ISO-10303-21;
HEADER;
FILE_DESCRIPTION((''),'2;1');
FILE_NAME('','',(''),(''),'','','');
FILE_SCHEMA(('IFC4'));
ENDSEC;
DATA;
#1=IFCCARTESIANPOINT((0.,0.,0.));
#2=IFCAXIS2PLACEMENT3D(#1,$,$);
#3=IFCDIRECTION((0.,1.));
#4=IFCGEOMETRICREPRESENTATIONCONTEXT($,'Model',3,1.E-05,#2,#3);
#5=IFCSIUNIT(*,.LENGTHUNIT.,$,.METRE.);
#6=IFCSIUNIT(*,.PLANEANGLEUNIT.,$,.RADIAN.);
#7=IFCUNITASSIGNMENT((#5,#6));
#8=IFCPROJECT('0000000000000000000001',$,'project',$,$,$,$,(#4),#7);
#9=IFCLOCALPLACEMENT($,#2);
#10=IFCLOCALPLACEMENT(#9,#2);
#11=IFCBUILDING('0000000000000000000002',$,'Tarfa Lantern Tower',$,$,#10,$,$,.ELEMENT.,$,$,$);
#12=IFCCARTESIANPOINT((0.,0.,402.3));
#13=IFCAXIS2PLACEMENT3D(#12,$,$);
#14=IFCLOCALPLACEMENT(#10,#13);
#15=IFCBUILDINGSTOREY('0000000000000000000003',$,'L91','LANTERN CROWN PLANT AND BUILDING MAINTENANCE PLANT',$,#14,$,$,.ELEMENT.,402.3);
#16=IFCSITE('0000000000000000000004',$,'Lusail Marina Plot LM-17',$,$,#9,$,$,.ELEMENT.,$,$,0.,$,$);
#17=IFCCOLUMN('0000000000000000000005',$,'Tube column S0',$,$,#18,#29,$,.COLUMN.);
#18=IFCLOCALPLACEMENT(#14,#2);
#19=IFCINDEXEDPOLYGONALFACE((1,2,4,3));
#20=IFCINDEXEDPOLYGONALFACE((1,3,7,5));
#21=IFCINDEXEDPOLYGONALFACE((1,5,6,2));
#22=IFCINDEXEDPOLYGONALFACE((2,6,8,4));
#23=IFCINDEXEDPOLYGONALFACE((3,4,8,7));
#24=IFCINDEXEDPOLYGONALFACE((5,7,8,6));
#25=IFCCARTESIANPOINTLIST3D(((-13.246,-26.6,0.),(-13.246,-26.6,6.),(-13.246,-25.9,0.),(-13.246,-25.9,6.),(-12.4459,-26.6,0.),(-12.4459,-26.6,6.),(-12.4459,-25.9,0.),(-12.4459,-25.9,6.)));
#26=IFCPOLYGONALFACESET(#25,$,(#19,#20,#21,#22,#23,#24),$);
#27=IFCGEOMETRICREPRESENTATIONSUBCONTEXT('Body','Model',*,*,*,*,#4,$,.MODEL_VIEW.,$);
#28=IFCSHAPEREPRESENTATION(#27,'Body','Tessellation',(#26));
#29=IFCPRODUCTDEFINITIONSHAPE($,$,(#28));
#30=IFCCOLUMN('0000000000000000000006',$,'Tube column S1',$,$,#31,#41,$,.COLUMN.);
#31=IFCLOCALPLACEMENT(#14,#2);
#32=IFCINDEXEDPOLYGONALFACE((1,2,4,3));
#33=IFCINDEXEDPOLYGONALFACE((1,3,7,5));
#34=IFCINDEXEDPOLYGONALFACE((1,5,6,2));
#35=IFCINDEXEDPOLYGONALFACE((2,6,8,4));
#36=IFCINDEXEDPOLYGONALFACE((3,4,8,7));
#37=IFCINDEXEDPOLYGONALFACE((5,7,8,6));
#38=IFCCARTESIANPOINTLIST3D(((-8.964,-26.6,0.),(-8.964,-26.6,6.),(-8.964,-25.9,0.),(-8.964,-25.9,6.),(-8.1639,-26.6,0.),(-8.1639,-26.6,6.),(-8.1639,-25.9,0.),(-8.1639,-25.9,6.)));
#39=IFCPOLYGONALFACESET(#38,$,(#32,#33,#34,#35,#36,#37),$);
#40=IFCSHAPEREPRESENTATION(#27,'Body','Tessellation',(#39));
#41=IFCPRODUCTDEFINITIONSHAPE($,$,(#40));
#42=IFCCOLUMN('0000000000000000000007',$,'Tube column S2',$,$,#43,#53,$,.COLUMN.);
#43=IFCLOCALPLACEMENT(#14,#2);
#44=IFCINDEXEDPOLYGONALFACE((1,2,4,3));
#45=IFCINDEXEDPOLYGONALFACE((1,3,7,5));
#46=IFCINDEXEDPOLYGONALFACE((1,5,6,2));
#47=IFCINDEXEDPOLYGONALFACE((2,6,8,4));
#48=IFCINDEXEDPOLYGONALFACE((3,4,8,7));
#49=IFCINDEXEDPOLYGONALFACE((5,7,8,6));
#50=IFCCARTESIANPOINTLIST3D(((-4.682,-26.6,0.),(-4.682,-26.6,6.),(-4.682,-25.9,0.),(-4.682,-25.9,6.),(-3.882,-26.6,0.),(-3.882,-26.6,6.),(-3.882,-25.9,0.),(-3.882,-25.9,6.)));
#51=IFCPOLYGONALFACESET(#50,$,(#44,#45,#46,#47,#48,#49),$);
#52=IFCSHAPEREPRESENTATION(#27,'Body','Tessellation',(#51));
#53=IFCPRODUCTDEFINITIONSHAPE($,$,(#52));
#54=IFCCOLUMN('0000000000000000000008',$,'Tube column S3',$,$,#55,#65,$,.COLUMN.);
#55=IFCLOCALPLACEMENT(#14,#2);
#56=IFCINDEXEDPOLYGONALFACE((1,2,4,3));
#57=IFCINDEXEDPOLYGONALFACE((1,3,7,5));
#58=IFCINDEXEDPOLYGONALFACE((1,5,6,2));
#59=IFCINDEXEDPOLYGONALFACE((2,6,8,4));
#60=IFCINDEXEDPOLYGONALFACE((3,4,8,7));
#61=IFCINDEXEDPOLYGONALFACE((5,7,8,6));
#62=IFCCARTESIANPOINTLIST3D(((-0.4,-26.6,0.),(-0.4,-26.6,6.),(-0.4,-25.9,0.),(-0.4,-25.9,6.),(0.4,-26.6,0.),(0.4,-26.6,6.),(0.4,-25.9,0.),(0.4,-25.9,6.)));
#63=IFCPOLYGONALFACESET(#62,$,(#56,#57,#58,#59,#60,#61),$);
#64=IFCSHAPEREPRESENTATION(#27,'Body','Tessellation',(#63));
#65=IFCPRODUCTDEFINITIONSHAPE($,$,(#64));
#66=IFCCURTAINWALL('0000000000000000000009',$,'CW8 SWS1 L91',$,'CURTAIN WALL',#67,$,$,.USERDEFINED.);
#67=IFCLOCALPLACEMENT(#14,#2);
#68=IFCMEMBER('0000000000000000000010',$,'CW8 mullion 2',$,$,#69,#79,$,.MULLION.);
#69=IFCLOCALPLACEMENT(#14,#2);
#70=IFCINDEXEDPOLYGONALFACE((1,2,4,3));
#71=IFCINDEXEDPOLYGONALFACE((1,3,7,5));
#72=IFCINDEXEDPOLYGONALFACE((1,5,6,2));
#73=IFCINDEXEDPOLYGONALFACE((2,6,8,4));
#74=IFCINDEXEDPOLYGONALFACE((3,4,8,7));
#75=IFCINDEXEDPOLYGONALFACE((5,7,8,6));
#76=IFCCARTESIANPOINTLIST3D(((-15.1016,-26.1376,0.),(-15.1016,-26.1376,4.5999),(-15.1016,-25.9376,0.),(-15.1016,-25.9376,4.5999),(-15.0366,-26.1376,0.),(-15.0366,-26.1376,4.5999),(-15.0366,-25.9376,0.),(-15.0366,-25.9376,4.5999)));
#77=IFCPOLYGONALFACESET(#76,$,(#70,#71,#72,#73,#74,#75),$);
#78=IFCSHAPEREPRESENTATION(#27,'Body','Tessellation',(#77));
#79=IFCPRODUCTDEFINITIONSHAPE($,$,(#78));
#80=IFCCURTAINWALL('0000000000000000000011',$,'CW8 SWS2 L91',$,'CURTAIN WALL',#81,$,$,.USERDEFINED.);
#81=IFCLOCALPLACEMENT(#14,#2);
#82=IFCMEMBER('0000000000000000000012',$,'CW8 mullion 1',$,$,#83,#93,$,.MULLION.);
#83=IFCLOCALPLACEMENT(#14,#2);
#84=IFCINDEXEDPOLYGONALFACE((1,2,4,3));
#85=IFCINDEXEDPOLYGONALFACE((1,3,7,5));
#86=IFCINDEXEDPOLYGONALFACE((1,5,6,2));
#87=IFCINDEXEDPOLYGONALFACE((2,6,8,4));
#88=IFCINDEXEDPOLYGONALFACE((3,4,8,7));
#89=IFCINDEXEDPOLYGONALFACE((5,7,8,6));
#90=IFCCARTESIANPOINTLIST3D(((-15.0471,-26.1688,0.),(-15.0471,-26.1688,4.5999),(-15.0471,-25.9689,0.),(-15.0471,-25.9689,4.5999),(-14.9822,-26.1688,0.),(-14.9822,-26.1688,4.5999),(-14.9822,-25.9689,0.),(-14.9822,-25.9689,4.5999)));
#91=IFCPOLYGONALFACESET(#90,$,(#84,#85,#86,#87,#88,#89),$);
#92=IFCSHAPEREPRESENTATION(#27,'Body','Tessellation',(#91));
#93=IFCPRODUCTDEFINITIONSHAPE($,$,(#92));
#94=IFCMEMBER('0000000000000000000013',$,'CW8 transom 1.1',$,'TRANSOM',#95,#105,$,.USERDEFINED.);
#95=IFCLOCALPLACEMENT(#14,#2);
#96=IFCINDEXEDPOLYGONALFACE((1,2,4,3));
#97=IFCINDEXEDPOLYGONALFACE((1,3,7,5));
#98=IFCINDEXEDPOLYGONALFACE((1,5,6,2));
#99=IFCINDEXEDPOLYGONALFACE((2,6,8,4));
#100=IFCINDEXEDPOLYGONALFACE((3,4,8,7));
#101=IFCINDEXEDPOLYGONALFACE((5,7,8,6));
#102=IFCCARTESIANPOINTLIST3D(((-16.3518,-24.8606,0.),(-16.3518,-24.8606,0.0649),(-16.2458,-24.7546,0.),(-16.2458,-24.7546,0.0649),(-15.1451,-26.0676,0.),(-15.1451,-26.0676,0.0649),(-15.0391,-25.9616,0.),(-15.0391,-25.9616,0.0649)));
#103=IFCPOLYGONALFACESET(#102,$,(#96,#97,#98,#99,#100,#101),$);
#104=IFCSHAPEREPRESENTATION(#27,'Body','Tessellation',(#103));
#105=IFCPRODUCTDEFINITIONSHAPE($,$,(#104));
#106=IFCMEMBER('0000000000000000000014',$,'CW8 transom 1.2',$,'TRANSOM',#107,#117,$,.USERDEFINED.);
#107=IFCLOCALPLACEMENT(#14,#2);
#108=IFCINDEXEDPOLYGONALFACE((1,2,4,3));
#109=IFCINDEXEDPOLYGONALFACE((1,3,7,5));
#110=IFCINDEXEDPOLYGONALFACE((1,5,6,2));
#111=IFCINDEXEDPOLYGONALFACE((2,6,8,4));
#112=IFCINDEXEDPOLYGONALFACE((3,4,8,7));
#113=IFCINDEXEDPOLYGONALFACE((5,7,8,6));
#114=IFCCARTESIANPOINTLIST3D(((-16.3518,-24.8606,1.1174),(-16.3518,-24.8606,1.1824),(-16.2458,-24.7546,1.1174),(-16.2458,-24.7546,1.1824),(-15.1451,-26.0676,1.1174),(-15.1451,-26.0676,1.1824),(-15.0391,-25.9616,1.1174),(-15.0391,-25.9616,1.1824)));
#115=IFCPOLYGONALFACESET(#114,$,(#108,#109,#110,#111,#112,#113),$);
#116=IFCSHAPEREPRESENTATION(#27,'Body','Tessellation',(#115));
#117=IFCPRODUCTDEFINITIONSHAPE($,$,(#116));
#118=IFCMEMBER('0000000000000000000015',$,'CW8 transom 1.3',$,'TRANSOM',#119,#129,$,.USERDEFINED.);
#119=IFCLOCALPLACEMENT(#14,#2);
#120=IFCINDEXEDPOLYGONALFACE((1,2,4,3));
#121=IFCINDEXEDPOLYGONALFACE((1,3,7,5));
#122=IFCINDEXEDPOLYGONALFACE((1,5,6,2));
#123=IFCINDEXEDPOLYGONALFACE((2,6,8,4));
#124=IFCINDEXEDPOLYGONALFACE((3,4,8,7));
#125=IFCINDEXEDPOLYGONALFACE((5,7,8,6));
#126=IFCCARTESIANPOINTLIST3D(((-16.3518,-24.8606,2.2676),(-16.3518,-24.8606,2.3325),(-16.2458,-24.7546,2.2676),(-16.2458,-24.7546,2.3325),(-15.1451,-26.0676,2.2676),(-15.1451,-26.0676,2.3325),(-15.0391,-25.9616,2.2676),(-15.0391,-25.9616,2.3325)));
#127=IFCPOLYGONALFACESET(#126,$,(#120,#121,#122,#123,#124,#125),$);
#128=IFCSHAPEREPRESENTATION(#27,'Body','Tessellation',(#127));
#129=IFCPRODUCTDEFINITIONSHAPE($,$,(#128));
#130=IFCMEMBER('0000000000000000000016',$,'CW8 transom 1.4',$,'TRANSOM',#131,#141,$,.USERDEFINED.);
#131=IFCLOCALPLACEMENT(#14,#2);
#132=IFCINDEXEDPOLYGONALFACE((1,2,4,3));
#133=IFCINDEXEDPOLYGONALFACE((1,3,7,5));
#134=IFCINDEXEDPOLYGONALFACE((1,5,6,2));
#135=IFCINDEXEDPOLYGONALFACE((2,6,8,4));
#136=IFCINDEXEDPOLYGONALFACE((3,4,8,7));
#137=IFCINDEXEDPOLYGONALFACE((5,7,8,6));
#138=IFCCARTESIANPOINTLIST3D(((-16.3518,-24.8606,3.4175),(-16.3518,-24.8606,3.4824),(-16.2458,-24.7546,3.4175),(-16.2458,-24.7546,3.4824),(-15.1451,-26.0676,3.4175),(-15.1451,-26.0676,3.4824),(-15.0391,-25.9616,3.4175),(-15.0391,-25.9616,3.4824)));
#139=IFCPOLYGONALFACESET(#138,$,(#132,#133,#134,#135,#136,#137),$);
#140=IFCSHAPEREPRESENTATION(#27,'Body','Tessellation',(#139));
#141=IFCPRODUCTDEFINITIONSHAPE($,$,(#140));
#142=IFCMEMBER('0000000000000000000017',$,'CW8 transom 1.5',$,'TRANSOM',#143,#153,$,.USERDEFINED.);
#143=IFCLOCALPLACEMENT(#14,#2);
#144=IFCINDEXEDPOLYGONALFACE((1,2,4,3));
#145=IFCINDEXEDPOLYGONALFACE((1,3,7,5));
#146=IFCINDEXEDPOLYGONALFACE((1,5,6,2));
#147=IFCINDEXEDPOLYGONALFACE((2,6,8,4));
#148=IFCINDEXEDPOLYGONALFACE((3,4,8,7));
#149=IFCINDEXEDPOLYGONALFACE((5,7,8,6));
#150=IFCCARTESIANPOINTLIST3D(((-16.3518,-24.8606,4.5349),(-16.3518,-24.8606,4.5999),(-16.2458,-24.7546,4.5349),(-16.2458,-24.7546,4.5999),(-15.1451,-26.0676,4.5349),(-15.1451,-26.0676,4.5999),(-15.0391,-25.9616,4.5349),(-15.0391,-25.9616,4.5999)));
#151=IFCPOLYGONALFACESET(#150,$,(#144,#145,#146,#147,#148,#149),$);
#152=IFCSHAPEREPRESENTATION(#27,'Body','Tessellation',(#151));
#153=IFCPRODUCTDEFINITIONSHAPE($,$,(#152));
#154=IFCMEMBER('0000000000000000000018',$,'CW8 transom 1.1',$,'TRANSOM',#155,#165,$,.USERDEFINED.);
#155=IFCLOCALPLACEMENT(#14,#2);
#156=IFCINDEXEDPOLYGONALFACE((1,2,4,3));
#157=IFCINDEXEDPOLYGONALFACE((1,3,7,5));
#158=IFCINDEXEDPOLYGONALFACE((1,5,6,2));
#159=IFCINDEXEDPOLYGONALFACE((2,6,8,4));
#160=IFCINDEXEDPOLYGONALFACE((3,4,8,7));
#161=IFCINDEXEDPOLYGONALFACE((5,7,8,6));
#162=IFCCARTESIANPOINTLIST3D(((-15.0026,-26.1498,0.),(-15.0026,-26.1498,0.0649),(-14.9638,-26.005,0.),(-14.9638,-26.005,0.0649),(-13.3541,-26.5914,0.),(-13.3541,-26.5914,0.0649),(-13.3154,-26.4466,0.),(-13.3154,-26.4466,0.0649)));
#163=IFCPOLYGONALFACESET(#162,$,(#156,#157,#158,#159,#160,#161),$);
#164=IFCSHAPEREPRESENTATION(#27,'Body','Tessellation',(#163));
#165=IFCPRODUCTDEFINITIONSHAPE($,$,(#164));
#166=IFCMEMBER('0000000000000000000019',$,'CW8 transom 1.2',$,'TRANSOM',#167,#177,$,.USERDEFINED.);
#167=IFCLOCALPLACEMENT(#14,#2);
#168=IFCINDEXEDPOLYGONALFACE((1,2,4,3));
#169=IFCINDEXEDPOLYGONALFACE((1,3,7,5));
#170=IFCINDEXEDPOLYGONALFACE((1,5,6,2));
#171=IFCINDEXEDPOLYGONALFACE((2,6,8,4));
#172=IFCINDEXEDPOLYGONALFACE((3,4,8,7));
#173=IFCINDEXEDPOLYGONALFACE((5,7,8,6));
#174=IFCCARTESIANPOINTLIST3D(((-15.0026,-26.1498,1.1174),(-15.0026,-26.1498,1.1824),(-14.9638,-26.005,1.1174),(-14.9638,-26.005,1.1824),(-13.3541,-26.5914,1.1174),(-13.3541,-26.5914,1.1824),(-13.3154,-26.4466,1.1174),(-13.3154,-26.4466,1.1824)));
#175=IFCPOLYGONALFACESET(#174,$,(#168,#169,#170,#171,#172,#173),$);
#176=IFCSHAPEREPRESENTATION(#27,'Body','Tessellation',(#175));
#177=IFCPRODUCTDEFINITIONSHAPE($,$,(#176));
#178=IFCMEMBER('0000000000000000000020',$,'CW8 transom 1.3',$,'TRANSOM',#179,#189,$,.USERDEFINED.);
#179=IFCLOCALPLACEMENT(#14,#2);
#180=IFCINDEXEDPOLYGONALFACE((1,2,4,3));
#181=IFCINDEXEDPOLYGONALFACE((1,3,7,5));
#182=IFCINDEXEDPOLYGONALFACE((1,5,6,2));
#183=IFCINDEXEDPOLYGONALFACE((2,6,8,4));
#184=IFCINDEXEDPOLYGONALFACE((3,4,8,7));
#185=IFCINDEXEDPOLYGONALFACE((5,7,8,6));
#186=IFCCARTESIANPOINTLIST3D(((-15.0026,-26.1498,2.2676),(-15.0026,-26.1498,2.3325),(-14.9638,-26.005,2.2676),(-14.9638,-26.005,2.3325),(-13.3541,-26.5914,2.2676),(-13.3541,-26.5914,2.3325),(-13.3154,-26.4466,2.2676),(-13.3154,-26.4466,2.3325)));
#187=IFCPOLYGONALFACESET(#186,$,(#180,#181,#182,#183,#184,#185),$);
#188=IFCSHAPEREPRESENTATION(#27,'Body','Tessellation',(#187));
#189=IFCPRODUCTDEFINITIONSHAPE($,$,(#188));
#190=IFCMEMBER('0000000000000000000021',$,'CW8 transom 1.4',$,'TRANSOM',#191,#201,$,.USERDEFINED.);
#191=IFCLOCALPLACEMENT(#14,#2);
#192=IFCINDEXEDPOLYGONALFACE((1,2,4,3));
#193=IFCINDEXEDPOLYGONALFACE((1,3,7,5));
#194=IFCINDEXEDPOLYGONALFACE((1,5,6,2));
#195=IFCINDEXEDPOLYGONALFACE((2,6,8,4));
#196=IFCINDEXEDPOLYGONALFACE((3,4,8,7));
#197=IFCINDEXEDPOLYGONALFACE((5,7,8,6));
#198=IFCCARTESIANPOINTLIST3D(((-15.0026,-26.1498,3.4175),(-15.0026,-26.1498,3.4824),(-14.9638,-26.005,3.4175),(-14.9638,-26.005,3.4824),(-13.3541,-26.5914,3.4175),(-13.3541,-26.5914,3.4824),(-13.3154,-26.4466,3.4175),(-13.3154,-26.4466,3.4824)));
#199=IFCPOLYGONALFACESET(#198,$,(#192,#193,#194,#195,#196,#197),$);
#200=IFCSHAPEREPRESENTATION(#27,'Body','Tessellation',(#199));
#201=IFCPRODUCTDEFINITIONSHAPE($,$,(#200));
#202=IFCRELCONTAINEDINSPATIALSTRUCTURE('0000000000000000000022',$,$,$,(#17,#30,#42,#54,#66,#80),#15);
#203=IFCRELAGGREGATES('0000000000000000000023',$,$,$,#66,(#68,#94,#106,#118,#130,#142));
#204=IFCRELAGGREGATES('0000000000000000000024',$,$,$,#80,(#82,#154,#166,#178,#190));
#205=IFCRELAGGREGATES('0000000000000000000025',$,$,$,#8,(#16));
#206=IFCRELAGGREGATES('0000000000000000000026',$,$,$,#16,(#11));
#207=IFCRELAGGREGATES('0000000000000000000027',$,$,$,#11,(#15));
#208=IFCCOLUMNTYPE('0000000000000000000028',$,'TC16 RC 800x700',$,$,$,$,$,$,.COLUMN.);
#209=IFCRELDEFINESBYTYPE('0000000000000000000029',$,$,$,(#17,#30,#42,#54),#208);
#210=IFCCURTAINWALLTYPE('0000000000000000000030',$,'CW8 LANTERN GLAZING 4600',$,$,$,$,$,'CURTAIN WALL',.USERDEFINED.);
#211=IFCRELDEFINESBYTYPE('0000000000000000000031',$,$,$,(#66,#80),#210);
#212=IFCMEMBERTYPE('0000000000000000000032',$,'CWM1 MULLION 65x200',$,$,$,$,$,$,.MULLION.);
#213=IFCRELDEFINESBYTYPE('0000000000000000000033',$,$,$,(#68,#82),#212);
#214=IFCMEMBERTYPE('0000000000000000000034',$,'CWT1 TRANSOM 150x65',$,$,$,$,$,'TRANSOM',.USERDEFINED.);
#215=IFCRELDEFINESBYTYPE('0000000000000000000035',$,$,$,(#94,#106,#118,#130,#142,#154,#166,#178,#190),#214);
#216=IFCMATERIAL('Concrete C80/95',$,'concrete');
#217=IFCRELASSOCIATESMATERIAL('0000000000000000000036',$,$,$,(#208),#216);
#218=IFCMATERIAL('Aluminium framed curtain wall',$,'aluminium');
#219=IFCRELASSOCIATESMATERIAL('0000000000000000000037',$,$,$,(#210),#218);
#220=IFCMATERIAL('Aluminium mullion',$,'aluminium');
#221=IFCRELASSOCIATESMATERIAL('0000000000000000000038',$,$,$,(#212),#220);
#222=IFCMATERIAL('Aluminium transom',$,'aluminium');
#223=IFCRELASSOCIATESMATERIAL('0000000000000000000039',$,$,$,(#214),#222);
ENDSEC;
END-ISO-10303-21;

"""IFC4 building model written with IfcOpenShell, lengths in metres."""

from ifc_helpers import new_model, si_unit, direction, frame, origin, origin_2d, place, context, subcontext, project, spatial, rectangle, extrude, material, material_profile, profile_set, type_object, element, aggregate, save


model = new_model("IFC4")

# Units and contexts
model_context = context("Model", 3, precision=1e-05, world=origin(), true_north=direction((0.0, 1.0)))
body_context = subcontext(model_context, "Body", "Model", "MODEL_VIEW")
ifc_project = project(units=[si_unit("LENGTHUNIT", "METRE"), si_unit("PLANEANGLEUNIT", "RADIAN")], contexts=[model_context])

# Site, building, storey
site_placement = place(None, origin())
site = spatial("IfcSite", under=ifc_project, at=site_placement, Name="Lusail Marina Plot LM-17", CompositionType="ELEMENT", RefElevation=0.0)
building_placement = place(site_placement, origin())
building = spatial("IfcBuilding", under=site, at=building_placement, Name="Tarfa Lantern Tower", CompositionType="ELEMENT")
storey_placement = place(building_placement, frame((0.0, 0.0, 402.3)))
storey = spatial("IfcBuildingStorey", under=building, at=storey_placement, Name="L91", Description="LANTERN CROWN PLANT AND BUILDING MAINTENANCE PLANT", CompositionType="ELEMENT", Elevation=402.3)

# Columns
ifc_material_1 = material(Name="Concrete C80/95", Category="concrete")
ifc_material_profile_1 = material_profile(ifc_material_1, rectangle(XDim=0.8, YDim=0.7, at=origin_2d()), Name="RC 800x700")
ifc_profile_set_1 = profile_set([ifc_material_profile_1], Name="Concrete C80/95")
column_type = type_object("IfcColumnType", Name="TC16 RC 800x700", PredefinedType="COLUMN", material=ifc_profile_set_1)
for number, where, z_axis, x_axis, name in (
    (1, (-12.8459, -26.25, 0.0), (0.0, 0.0, 1.0), (1.0, 0.0, 0.0), "Tube column S0"),
    (2, (-8.564, -26.25, 0.0), (0.0, 0.0, 1.0), (1.0, 0.0, 0.0), "Tube column S1"),
    (3, (-4.282, -26.25, 0.0), (0.0, 0.0, 1.0), (1.0, 0.0, 0.0), "Tube column S2"),
    (4, (0.0, -26.25, 0.0), (0.0, 0.0, 1.0), (1.0, 0.0, 0.0), "Tube column S3"),
):
    element("IfcColumn", number, at=place(storey_placement, frame(where, z_axis=z_axis, x_axis=x_axis)), inside=storey, type_object=column_type, Name=name, PredefinedType="COLUMN", context=body_context, shape_type="SweptSolid", body=[
        extrude(rectangle(XDim=0.8, YDim=0.7, at=origin_2d()), origin(), (0.0, 0.0, 1.0), 6.0),
    ])

# Curtain walls, members
ifc_material_2 = material(Name="Aluminium framed curtain wall", Category="aluminium")
curtain_wall_type_1 = type_object("IfcCurtainWallType", Name="CW8 LANTERN GLAZING 4600", ElementType="CURTAIN WALL", PredefinedType="USERDEFINED", material=ifc_material_2)
curtain_wall_1_placement = place(storey_placement, origin())
curtain_wall_1 = element("IfcCurtainWall", 5, at=curtain_wall_1_placement, inside=storey, type_object=curtain_wall_type_1, Name="CW8 SWS1 L91", ObjectType="CURTAIN WALL", PredefinedType="USERDEFINED")
ifc_material_3 = material(Name="Aluminium mullion", Category="aluminium")
ifc_material_profile_2 = material_profile(ifc_material_3, rectangle(XDim=0.0649, YDim=0.2, at=origin_2d()), Name="AL MULLION 65x200")
ifc_profile_set_2 = profile_set([ifc_material_profile_2], Name="Aluminium mullion")
member_type_1 = type_object("IfcMemberType", Name="CWM1 MULLION 65x200", PredefinedType="MULLION", material=ifc_profile_set_2)
member_1_placement = place(storey_placement, frame((-15.0691, -26.0376, 0.0), z_axis=(0.0, 0.0, 1.0), x_axis=(1.0, 0.0, 0.0)))
member_1 = element("IfcMember", 6, at=member_1_placement, type_object=member_type_1, Name="CW8 mullion 2", PredefinedType="MULLION", context=body_context, shape_type="SweptSolid", body=[
    extrude(rectangle(XDim=0.0649, YDim=0.2, at=origin_2d()), origin(), (0.0, 0.0, 1.0), 4.5999),
])
curtain_wall_2_placement = place(storey_placement, origin())
curtain_wall_2 = element("IfcCurtainWall", 7, at=curtain_wall_2_placement, inside=storey, type_object=curtain_wall_type_1, Name="CW8 SWS2 L91", ObjectType="CURTAIN WALL", PredefinedType="USERDEFINED")
member_2_placement = place(storey_placement, frame((-15.0146, -26.0688, 0.0), z_axis=(0.0, 0.0, 1.0), x_axis=(1.0, 0.0, 0.0)))
member_2 = element("IfcMember", 8, at=member_2_placement, type_object=member_type_1, Name="CW8 mullion 1", PredefinedType="MULLION", context=body_context, shape_type="SweptSolid", body=[
    extrude(rectangle(XDim=0.0649, YDim=0.2, at=origin_2d()), origin(), (0.0, 0.0, 1.0), 4.5999),
])

# Members
ifc_material_4 = material(Name="Aluminium transom", Category="aluminium")
ifc_material_profile_3 = material_profile(ifc_material_4, rectangle(XDim=0.1499, YDim=0.0649, at=origin_2d()), Name="AL TRANSOM 150x65")
ifc_profile_set_3 = profile_set([ifc_material_profile_3], Name="Aluminium transom")
member_type_2 = type_object("IfcMemberType", Name="CWT1 TRANSOM 150x65", ElementType="TRANSOM", PredefinedType="USERDEFINED", material=ifc_profile_set_3)
member_3_placement = place(storey_placement, frame((-16.2988, -24.8076, 0.0325), z_axis=(0.707035, -0.707178, 0.0), x_axis=(0.707178, 0.707035, 0.0)))
member_3 = element("IfcMember", 9, at=member_3_placement, type_object=member_type_2, Name="CW8 transom 1.1", ObjectType="TRANSOM", PredefinedType="USERDEFINED", context=body_context, shape_type="SweptSolid", body=[
    extrude(rectangle(XDim=0.1499, YDim=0.0649, at=origin_2d()), origin(), (0.0, 0.0, 1.0), 1.7068),
])
member_4_placement = place(storey_placement, frame((-16.2988, -24.8076, 1.1499), z_axis=(0.707035, -0.707178, 0.0), x_axis=(0.707178, 0.707035, 0.0)))
member_4 = element("IfcMember", 10, at=member_4_placement, type_object=member_type_2, Name="CW8 transom 1.2", ObjectType="TRANSOM", PredefinedType="USERDEFINED", context=body_context, shape_type="SweptSolid", body=[
    extrude(rectangle(XDim=0.1499, YDim=0.0649, at=origin_2d()), origin(), (0.0, 0.0, 1.0), 1.7068),
])
member_5_placement = place(storey_placement, frame((-16.2988, -24.8076, 2.3), z_axis=(0.707035, -0.707178, 0.0), x_axis=(0.707178, 0.707035, 0.0)))
member_5 = element("IfcMember", 11, at=member_5_placement, type_object=member_type_2, Name="CW8 transom 1.3", ObjectType="TRANSOM", PredefinedType="USERDEFINED", context=body_context, shape_type="SweptSolid", body=[
    extrude(rectangle(XDim=0.1499, YDim=0.0649, at=origin_2d()), origin(), (0.0, 0.0, 1.0), 1.7068),
])
member_6_placement = place(storey_placement, frame((-16.2988, -24.8076, 3.45), z_axis=(0.707035, -0.707178, 0.0), x_axis=(0.707178, 0.707035, 0.0)))
member_6 = element("IfcMember", 12, at=member_6_placement, type_object=member_type_2, Name="CW8 transom 1.4", ObjectType="TRANSOM", PredefinedType="USERDEFINED", context=body_context, shape_type="SweptSolid", body=[
    extrude(rectangle(XDim=0.1499, YDim=0.0649, at=origin_2d()), origin(), (0.0, 0.0, 1.0), 1.7068),
])
member_7_placement = place(storey_placement, frame((-16.2988, -24.8076, 4.5674), z_axis=(0.707035, -0.707178, 0.0), x_axis=(0.707178, 0.707035, 0.0)))
member_7 = element("IfcMember", 13, at=member_7_placement, type_object=member_type_2, Name="CW8 transom 1.5", ObjectType="TRANSOM", PredefinedType="USERDEFINED", context=body_context, shape_type="SweptSolid", body=[
    extrude(rectangle(XDim=0.1499, YDim=0.0649, at=origin_2d()), origin(), (0.0, 0.0, 1.0), 1.7068),
])
member_8_placement = place(storey_placement, frame((-14.9832, -26.0774, 0.0325), z_axis=(0.965933, -0.258793, 0.0), x_axis=(0.258793, 0.965933, 0.0)))
member_8 = element("IfcMember", 14, at=member_8_placement, type_object=member_type_2, Name="CW8 transom 1.1", ObjectType="TRANSOM", PredefinedType="USERDEFINED", context=body_context, shape_type="SweptSolid", body=[
    extrude(rectangle(XDim=0.1499, YDim=0.0649, at=origin_2d()), origin(), (0.0, 0.0, 1.0), 1.7065),
])
member_9_placement = place(storey_placement, frame((-14.9832, -26.0774, 1.1499), z_axis=(0.965933, -0.258793, 0.0), x_axis=(0.258793, 0.965933, 0.0)))
member_9 = element("IfcMember", 15, at=member_9_placement, type_object=member_type_2, Name="CW8 transom 1.2", ObjectType="TRANSOM", PredefinedType="USERDEFINED", context=body_context, shape_type="SweptSolid", body=[
    extrude(rectangle(XDim=0.1499, YDim=0.0649, at=origin_2d()), origin(), (0.0, 0.0, 1.0), 1.7065),
])
member_10_placement = place(storey_placement, frame((-14.9832, -26.0774, 2.3), z_axis=(0.965933, -0.258793, 0.0), x_axis=(0.258793, 0.965933, 0.0)))
member_10 = element("IfcMember", 16, at=member_10_placement, type_object=member_type_2, Name="CW8 transom 1.3", ObjectType="TRANSOM", PredefinedType="USERDEFINED", context=body_context, shape_type="SweptSolid", body=[
    extrude(rectangle(XDim=0.1499, YDim=0.0649, at=origin_2d()), origin(), (0.0, 0.0, 1.0), 1.7065),
])
member_11_placement = place(storey_placement, frame((-14.9832, -26.0774, 3.45), z_axis=(0.965933, -0.258793, 0.0), x_axis=(0.258793, 0.965933, 0.0)))
member_11 = element("IfcMember", 17, at=member_11_placement, type_object=member_type_2, Name="CW8 transom 1.4", ObjectType="TRANSOM", PredefinedType="USERDEFINED", context=body_context, shape_type="SweptSolid", body=[
    extrude(rectangle(XDim=0.1499, YDim=0.0649, at=origin_2d()), origin(), (0.0, 0.0, 1.0), 1.7065),
])

aggregate(curtain_wall_1, [member_1, member_3, member_4, member_5, member_6, member_7])
aggregate(curtain_wall_2, [member_2, member_8, member_9, member_10, member_11])

save(model, "model.ifc")
